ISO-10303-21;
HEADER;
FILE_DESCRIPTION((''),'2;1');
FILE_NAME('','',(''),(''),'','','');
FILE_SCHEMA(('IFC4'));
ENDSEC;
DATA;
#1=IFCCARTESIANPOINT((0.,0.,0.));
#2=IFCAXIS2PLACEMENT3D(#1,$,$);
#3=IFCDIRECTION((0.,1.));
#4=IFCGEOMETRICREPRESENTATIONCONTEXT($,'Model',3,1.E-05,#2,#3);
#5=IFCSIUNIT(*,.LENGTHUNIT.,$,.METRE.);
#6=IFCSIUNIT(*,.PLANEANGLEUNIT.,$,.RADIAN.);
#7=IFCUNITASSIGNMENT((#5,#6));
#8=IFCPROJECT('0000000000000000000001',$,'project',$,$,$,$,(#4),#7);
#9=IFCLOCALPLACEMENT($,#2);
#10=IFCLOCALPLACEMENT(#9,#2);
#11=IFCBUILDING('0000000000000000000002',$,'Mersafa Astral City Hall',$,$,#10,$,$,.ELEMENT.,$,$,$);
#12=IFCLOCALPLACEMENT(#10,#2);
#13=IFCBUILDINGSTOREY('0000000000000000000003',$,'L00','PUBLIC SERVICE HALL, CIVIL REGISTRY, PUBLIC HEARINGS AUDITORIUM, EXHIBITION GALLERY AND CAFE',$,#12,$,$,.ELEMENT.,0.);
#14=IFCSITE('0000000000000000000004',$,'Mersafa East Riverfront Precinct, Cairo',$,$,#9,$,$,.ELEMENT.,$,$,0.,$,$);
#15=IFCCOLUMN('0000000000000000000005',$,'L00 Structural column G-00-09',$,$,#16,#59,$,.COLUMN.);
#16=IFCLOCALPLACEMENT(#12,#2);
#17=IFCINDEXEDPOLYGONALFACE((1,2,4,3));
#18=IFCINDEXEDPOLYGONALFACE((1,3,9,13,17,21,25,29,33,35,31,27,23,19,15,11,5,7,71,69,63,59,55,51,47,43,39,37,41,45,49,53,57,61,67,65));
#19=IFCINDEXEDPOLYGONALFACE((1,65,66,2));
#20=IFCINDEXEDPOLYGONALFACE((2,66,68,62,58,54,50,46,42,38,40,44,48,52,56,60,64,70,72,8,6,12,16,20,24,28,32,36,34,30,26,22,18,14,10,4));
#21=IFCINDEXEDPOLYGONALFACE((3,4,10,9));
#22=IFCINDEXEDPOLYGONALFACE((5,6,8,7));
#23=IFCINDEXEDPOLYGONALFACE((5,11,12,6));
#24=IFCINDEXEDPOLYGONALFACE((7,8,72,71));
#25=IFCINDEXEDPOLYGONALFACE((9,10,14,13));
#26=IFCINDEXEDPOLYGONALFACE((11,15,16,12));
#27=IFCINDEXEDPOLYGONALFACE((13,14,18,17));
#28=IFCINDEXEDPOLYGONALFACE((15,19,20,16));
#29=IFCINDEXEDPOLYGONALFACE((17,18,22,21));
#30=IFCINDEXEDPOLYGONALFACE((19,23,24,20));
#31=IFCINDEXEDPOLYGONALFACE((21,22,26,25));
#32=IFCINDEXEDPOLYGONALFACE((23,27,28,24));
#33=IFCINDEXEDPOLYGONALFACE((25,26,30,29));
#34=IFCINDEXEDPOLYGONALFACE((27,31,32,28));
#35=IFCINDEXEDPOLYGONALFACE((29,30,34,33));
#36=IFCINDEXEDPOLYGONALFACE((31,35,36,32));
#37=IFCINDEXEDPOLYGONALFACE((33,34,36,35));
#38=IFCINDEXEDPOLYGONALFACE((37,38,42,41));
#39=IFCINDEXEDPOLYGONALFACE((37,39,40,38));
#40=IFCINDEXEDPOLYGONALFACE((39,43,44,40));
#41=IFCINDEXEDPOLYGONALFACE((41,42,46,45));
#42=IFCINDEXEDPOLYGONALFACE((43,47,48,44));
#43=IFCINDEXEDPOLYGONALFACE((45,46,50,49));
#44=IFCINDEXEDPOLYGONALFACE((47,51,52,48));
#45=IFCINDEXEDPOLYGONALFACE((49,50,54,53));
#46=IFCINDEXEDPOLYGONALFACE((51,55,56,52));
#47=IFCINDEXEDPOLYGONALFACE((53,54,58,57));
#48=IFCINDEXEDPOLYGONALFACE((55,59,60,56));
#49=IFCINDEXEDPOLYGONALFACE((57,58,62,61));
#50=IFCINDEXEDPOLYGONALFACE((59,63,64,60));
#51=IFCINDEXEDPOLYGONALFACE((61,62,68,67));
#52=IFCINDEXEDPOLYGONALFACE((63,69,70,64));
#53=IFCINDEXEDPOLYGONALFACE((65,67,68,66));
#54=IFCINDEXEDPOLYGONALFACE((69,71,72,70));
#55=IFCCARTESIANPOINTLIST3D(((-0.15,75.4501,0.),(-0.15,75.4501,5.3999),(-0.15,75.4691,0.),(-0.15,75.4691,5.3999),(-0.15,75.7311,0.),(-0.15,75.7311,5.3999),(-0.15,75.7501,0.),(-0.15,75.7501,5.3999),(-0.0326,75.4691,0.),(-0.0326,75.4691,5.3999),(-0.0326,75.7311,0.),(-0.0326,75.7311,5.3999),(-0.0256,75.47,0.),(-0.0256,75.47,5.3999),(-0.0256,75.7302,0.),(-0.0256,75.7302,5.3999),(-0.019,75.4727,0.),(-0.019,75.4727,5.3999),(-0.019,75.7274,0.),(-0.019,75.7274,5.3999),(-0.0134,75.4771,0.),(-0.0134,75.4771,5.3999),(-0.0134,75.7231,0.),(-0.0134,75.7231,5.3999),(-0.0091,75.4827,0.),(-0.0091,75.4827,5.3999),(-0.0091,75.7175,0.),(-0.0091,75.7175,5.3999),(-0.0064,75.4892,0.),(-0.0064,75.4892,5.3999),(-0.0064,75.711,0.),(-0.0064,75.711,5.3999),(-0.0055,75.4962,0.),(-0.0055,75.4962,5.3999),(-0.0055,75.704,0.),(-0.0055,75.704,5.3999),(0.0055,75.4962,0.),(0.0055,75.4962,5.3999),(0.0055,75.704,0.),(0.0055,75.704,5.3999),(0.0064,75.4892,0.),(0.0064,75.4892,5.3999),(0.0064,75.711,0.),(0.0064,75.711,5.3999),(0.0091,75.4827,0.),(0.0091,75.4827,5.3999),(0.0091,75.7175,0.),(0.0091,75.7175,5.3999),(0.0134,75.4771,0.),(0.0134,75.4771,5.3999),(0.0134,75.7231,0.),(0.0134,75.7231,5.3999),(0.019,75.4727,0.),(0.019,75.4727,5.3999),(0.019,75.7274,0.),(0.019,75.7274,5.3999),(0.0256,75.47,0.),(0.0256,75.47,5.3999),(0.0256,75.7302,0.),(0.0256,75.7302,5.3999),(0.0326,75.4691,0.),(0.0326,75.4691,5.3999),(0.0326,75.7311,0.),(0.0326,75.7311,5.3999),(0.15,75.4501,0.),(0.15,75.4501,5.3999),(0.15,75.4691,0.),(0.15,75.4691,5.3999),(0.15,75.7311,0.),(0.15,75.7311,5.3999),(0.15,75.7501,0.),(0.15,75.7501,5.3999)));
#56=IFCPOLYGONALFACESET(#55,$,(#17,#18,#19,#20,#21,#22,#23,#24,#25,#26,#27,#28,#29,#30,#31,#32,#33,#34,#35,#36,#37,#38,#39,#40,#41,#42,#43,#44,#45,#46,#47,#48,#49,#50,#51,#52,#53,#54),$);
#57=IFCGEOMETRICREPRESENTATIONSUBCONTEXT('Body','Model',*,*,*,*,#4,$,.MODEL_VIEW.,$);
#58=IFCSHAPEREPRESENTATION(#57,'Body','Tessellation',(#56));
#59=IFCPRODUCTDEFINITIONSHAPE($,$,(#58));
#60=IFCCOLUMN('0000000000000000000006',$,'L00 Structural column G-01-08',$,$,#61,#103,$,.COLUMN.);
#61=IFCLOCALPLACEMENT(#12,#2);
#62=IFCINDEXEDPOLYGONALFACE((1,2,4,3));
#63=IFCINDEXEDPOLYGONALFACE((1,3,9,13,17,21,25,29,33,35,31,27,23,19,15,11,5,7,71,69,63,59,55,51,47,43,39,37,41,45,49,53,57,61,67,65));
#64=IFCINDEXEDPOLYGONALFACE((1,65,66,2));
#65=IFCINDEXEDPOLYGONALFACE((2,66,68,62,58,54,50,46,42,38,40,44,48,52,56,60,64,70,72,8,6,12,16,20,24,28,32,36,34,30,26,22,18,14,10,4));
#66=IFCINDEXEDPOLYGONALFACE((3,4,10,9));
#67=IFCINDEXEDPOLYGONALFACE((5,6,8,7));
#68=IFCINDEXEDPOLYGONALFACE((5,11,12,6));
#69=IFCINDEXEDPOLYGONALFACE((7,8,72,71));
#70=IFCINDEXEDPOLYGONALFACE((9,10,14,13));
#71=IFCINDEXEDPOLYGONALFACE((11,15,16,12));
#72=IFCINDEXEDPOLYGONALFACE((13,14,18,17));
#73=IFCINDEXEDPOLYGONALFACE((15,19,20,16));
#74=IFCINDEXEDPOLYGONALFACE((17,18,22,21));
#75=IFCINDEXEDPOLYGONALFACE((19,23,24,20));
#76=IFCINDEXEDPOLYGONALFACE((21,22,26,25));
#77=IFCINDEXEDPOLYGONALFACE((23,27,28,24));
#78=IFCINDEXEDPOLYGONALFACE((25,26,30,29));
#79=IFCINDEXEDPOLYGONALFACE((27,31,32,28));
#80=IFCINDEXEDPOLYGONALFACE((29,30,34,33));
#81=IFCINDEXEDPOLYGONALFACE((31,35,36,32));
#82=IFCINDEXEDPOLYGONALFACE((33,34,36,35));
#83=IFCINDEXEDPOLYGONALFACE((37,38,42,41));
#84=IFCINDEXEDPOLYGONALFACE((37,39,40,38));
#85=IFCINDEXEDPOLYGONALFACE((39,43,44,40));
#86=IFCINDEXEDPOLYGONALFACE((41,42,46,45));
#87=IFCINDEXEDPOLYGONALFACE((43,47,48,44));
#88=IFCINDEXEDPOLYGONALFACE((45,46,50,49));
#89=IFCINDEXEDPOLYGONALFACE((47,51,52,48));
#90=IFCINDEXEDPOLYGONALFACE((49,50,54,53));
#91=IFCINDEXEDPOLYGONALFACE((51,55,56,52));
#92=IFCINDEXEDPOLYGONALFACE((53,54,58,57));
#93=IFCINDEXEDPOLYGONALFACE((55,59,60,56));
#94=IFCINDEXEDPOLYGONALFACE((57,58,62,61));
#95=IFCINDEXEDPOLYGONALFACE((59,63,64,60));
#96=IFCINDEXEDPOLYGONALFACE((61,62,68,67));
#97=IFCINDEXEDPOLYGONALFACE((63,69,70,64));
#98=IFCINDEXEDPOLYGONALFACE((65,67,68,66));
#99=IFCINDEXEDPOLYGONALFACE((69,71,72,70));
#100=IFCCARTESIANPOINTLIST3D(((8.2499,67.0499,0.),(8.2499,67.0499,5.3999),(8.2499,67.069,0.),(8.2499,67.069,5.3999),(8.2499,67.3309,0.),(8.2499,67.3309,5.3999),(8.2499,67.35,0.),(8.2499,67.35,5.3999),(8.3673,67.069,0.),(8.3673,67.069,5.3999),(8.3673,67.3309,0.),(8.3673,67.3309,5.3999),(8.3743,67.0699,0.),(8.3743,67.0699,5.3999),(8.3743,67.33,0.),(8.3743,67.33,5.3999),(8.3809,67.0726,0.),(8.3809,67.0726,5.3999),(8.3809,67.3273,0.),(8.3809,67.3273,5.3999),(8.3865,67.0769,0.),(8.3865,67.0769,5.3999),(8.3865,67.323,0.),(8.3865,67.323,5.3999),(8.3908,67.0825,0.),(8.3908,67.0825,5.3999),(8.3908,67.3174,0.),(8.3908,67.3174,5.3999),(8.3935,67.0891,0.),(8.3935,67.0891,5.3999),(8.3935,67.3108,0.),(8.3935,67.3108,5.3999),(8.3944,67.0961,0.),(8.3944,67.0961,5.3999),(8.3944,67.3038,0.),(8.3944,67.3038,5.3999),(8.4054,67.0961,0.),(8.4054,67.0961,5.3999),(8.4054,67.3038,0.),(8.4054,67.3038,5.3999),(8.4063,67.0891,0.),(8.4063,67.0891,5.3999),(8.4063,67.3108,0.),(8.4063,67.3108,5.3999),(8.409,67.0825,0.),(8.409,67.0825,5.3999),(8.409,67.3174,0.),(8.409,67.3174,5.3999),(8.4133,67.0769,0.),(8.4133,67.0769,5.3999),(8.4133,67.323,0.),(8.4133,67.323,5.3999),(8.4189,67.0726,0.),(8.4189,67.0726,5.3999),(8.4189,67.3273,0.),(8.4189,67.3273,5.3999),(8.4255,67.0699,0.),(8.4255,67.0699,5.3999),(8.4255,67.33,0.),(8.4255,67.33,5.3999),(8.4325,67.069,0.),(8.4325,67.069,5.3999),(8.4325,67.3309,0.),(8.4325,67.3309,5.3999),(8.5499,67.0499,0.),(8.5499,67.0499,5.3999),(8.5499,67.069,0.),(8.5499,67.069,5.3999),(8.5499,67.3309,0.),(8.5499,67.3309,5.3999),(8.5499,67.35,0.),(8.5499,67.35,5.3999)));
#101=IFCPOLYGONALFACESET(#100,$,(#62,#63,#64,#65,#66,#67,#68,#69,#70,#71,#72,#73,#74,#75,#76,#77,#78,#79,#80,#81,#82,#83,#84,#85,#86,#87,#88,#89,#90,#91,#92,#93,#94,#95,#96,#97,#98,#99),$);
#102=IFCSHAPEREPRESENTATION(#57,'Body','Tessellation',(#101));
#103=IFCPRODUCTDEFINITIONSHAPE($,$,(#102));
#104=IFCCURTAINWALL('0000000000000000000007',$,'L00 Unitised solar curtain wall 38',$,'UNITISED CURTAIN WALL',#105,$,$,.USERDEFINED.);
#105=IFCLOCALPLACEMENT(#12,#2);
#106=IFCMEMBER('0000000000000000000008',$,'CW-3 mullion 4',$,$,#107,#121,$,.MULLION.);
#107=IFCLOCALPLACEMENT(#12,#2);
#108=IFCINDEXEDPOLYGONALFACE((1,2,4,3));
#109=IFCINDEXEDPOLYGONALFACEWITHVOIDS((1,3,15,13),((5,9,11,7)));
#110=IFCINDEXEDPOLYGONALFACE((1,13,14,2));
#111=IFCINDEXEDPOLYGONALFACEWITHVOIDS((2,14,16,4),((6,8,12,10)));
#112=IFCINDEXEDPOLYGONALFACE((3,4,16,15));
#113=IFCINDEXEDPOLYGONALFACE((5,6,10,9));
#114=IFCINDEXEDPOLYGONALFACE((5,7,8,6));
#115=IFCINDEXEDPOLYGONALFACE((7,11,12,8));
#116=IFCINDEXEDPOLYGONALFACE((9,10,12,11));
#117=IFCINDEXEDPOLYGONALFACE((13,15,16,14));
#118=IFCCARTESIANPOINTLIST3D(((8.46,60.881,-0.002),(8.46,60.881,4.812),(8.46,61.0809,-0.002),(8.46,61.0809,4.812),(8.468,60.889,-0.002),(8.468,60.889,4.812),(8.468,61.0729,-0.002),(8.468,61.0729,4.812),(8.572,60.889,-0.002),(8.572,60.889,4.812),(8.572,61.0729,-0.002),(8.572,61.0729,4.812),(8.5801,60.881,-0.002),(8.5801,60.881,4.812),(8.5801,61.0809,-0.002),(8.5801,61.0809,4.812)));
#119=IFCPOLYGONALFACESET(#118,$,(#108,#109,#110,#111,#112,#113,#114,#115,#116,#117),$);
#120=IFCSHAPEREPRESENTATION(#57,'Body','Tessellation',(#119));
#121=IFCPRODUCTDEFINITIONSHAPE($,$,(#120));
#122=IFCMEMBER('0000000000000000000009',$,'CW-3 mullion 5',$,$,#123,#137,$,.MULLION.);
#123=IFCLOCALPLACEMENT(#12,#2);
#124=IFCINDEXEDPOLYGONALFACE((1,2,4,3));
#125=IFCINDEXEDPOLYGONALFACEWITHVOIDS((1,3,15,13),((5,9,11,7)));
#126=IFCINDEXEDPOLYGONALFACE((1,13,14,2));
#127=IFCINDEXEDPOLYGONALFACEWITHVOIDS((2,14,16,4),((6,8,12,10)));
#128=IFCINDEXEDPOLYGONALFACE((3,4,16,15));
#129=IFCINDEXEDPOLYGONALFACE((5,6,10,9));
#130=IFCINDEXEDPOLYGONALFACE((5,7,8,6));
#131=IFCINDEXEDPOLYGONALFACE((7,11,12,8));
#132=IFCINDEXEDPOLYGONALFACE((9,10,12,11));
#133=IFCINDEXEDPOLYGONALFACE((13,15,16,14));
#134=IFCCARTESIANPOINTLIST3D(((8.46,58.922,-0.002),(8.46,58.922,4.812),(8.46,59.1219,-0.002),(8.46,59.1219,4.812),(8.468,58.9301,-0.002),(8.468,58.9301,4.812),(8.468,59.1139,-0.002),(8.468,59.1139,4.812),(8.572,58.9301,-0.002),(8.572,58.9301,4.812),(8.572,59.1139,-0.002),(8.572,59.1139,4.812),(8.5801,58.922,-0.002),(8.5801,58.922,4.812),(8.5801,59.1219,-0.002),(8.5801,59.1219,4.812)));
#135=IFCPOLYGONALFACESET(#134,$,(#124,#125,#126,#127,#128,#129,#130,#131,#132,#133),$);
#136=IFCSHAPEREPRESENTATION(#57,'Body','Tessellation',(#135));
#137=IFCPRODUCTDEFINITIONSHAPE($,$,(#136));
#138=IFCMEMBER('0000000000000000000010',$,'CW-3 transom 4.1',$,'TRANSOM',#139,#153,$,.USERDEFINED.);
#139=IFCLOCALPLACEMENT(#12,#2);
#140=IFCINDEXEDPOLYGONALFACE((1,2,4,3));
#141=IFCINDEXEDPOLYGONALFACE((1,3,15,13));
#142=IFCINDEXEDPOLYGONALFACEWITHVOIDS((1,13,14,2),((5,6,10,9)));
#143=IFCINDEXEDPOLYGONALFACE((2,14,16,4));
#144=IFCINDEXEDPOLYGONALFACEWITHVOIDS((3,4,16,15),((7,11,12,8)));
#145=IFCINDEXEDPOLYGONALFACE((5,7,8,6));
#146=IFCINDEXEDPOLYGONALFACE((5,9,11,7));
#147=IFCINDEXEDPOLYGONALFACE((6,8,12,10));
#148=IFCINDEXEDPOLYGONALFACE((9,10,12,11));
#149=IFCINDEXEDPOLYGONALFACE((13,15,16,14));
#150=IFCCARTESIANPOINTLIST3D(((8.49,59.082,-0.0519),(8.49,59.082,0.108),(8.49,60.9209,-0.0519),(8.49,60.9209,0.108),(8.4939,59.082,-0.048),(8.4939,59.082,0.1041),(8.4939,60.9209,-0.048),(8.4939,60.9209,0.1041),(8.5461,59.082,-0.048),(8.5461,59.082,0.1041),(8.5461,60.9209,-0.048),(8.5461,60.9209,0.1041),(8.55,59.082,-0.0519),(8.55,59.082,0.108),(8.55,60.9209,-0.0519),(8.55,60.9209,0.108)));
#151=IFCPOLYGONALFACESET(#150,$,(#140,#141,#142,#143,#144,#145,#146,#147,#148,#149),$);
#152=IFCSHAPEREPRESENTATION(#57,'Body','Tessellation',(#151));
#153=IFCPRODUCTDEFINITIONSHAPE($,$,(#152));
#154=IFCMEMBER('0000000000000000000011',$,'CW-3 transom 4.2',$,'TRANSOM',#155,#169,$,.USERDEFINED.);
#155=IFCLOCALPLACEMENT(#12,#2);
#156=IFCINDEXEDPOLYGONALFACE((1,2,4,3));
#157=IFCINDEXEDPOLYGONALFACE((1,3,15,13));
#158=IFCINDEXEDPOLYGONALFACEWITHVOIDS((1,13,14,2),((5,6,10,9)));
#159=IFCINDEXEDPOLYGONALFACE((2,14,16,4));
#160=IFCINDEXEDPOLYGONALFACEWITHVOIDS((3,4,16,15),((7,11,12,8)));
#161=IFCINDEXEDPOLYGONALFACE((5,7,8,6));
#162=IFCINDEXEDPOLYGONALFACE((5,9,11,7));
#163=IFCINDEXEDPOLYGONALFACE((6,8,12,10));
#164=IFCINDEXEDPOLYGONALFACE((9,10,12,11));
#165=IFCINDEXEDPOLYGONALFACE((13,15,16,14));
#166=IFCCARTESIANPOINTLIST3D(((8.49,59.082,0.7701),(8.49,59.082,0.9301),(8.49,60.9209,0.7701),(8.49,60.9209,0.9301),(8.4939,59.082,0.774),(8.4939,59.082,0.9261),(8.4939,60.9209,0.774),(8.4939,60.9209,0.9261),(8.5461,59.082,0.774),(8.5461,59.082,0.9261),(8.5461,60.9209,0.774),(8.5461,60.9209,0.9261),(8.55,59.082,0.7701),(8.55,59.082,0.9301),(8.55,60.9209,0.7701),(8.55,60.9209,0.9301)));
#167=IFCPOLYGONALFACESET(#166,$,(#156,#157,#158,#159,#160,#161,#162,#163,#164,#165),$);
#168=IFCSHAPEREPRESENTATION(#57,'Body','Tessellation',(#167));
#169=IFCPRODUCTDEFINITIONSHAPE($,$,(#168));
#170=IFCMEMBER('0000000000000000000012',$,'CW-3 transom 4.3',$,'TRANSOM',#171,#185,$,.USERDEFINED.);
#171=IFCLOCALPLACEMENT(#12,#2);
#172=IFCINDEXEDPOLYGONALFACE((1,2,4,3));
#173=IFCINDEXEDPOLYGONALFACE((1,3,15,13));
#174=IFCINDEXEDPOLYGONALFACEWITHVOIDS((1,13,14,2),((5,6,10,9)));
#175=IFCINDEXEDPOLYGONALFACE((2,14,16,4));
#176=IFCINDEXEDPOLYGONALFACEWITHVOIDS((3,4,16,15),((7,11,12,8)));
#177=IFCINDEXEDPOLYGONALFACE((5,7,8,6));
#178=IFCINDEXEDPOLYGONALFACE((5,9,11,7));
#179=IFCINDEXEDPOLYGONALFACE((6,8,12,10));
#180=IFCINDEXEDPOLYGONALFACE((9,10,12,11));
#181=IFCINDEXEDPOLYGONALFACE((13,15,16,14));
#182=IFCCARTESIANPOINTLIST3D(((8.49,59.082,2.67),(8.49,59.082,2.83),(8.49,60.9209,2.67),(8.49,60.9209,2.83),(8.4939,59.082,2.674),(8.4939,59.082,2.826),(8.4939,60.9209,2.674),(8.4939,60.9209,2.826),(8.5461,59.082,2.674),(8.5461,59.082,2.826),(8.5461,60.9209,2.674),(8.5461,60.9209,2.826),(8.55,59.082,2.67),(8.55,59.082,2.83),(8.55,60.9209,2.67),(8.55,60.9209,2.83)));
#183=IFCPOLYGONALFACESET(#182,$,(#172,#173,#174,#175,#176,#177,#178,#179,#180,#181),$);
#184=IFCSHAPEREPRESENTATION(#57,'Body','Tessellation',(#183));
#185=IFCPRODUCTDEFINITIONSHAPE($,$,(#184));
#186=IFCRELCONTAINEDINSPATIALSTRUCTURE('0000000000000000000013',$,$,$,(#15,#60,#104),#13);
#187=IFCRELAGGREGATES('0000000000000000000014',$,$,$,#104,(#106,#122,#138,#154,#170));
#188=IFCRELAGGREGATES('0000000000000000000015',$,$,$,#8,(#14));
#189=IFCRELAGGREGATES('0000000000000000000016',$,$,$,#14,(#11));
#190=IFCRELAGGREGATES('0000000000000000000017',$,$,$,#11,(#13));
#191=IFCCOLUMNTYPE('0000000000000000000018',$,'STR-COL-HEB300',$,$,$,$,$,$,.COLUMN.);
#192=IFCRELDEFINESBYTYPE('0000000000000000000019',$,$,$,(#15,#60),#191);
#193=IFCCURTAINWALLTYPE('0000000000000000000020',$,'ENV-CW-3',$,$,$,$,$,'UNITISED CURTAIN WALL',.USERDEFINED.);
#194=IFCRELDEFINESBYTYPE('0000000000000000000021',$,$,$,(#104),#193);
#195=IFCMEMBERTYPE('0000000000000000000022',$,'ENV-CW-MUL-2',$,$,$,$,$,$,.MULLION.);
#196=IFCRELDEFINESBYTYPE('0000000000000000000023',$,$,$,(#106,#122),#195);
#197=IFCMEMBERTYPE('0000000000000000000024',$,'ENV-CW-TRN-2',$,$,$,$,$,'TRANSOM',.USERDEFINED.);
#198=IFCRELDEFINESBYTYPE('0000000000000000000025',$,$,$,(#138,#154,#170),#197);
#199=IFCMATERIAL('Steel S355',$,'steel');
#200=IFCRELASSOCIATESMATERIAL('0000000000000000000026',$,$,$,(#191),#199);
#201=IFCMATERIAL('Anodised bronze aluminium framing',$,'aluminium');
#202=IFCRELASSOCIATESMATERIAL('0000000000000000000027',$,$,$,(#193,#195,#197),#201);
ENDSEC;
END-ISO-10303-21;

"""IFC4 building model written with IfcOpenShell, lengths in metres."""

from ifc_helpers import new_model, si_unit, direction, frame, origin, origin_2d, place, context, subcontext, project, spatial, hollow_rectangle, i_section, extrude, material, material_profile, profile_set, type_object, element, aggregate, save


model = new_model("IFC4")

# Units and contexts
model_context = context("Model", 3, precision=1e-05, world=origin(), true_north=direction((0.0, 1.0)))
body_context = subcontext(model_context, "Body", "Model", "MODEL_VIEW")
ifc_project = project(units=[si_unit("LENGTHUNIT", "METRE"), si_unit("PLANEANGLEUNIT", "RADIAN")], contexts=[model_context])

# Site, building, storey
site_placement = place(None, origin())
site = spatial("IfcSite", under=ifc_project, at=site_placement, Name="Mersafa East Riverfront Precinct, Cairo", CompositionType="ELEMENT", RefElevation=0.0)
building_placement = place(site_placement, origin())
building = spatial("IfcBuilding", under=site, at=building_placement, Name="Mersafa Astral City Hall", CompositionType="ELEMENT")
storey_placement = place(building_placement, origin())
storey = spatial("IfcBuildingStorey", under=building, at=storey_placement, Name="L00", Description="PUBLIC SERVICE HALL, CIVIL REGISTRY, PUBLIC HEARINGS AUDITORIUM, EXHIBITION GALLERY AND CAFE", CompositionType="ELEMENT", Elevation=0.0)

# Columns
ifc_material_1 = material(Name="Steel S355", Category="steel")
ifc_material_profile_1 = material_profile(ifc_material_1, i_section(OverallWidth=0.3, OverallDepth=0.3, WebThickness=0.011, FlangeThickness=0.019, FilletRadius=0.0271, at=origin_2d()), Name="HEB 300")
ifc_profile_set_1 = profile_set([ifc_material_profile_1], Name="Steel S355")
column_type = type_object("IfcColumnType", Name="STR-COL-HEB300", PredefinedType="COLUMN", material=ifc_profile_set_1)
for number, where, z_axis, x_axis, name in (
    (1, (0.0, 75.6001, 0.0), (0.0, 0.0, 1.0), (1.0, 0.0, 0.0), "L00 Structural column G-00-09"),
    (2, (8.3999, 67.2, 0.0), (0.0, 0.0, 1.0), (1.0, 0.0, 0.0), "L00 Structural column G-01-08"),
):
    element("IfcColumn", number, at=place(storey_placement, frame(where, z_axis=z_axis, x_axis=x_axis)), inside=storey, type_object=column_type, Name=name, PredefinedType="COLUMN", context=body_context, shape_type="SweptSolid", body=[
        extrude(i_section(OverallWidth=0.3, OverallDepth=0.3, WebThickness=0.011, FlangeThickness=0.019, FilletRadius=0.0271, at=origin_2d()), origin(), (0.0, 0.0, 1.0), 5.3999),
    ])

# Curtain wall, members
ifc_material_2 = material(Name="Anodised bronze aluminium framing", Category="aluminium")
curtain_wall_type = type_object("IfcCurtainWallType", Name="ENV-CW-3", ElementType="UNITISED CURTAIN WALL", PredefinedType="USERDEFINED", material=ifc_material_2)
curtain_wall_placement = place(storey_placement, origin())
curtain_wall = element("IfcCurtainWall", 3, at=curtain_wall_placement, inside=storey, type_object=curtain_wall_type, Name="L00 Unitised solar curtain wall 38", ObjectType="UNITISED CURTAIN WALL", PredefinedType="USERDEFINED")
ifc_material_profile_2 = material_profile(ifc_material_2, hollow_rectangle(XDim=0.1201, YDim=0.2, WallThickness=0.0081, at=origin_2d()), Name="RHS 120x200x8")
ifc_profile_set_2 = profile_set([ifc_material_profile_2], Name="Anodised bronze aluminium framing")
member_type_1 = type_object("IfcMemberType", Name="ENV-CW-MUL-2", PredefinedType="MULLION", material=ifc_profile_set_2)
member_1_placement = place(storey_placement, frame((8.52, 60.981, -0.002), z_axis=(0.0, 0.0, 1.0), x_axis=(1.0, 0.0, 0.0)))
member_1 = element("IfcMember", 4, at=member_1_placement, type_object=member_type_1, Name="CW-3 mullion 4", PredefinedType="MULLION", context=body_context, shape_type="SweptSolid", body=[
    extrude(hollow_rectangle(XDim=0.1201, YDim=0.2, WallThickness=0.0081, at=origin_2d()), origin(), (0.0, 0.0, 1.0), 4.814),
])
member_2_placement = place(storey_placement, frame((8.52, 59.022, -0.002), z_axis=(0.0, 0.0, 1.0), x_axis=(1.0, 0.0, 0.0)))
member_2 = element("IfcMember", 5, at=member_2_placement, type_object=member_type_1, Name="CW-3 mullion 5", PredefinedType="MULLION", context=body_context, shape_type="SweptSolid", body=[
    extrude(hollow_rectangle(XDim=0.1201, YDim=0.2, WallThickness=0.0081, at=origin_2d()), origin(), (0.0, 0.0, 1.0), 4.814),
])
ifc_material_profile_3 = material_profile(ifc_material_2, hollow_rectangle(XDim=0.0601, YDim=0.1599, WallThickness=0.0039, at=origin_2d()), Name="RHS 60x160x4")
ifc_profile_set_3 = profile_set([ifc_material_profile_3], Name="Anodised bronze aluminium framing")
member_type_2 = type_object("IfcMemberType", Name="ENV-CW-TRN-2", ElementType="TRANSOM", PredefinedType="USERDEFINED", material=ifc_profile_set_3)
member_3_placement = place(storey_placement, frame((8.52, 60.9209, 0.0281), z_axis=(0.0, -1.0, 0.0), x_axis=(1.0, 0.0, 0.0)))
member_3 = element("IfcMember", 6, at=member_3_placement, type_object=member_type_2, Name="CW-3 transom 4.1", ObjectType="TRANSOM", PredefinedType="USERDEFINED", context=body_context, shape_type="SweptSolid", body=[
    extrude(hollow_rectangle(XDim=0.0601, YDim=0.1599, WallThickness=0.0039, at=origin_2d()), origin(), (0.0, 0.0, 1.0), 1.8389),
])
member_4_placement = place(storey_placement, frame((8.52, 60.9209, 0.8501), z_axis=(0.0, -1.0, 0.0), x_axis=(1.0, 0.0, 0.0)))
member_4 = element("IfcMember", 7, at=member_4_placement, type_object=member_type_2, Name="CW-3 transom 4.2", ObjectType="TRANSOM", PredefinedType="USERDEFINED", context=body_context, shape_type="SweptSolid", body=[
    extrude(hollow_rectangle(XDim=0.0601, YDim=0.1599, WallThickness=0.0039, at=origin_2d()), origin(), (0.0, 0.0, 1.0), 1.8389),
])
member_5_placement = place(storey_placement, frame((8.52, 60.9209, 2.75), z_axis=(0.0, -1.0, 0.0), x_axis=(1.0, 0.0, 0.0)))
member_5 = element("IfcMember", 8, at=member_5_placement, type_object=member_type_2, Name="CW-3 transom 4.3", ObjectType="TRANSOM", PredefinedType="USERDEFINED", context=body_context, shape_type="SweptSolid", body=[
    extrude(hollow_rectangle(XDim=0.0601, YDim=0.1599, WallThickness=0.0039, at=origin_2d()), origin(), (0.0, 0.0, 1.0), 1.8389),
])

aggregate(curtain_wall, [member_1, member_2, member_3, member_4, member_5])

save(model, "model.ifc")
